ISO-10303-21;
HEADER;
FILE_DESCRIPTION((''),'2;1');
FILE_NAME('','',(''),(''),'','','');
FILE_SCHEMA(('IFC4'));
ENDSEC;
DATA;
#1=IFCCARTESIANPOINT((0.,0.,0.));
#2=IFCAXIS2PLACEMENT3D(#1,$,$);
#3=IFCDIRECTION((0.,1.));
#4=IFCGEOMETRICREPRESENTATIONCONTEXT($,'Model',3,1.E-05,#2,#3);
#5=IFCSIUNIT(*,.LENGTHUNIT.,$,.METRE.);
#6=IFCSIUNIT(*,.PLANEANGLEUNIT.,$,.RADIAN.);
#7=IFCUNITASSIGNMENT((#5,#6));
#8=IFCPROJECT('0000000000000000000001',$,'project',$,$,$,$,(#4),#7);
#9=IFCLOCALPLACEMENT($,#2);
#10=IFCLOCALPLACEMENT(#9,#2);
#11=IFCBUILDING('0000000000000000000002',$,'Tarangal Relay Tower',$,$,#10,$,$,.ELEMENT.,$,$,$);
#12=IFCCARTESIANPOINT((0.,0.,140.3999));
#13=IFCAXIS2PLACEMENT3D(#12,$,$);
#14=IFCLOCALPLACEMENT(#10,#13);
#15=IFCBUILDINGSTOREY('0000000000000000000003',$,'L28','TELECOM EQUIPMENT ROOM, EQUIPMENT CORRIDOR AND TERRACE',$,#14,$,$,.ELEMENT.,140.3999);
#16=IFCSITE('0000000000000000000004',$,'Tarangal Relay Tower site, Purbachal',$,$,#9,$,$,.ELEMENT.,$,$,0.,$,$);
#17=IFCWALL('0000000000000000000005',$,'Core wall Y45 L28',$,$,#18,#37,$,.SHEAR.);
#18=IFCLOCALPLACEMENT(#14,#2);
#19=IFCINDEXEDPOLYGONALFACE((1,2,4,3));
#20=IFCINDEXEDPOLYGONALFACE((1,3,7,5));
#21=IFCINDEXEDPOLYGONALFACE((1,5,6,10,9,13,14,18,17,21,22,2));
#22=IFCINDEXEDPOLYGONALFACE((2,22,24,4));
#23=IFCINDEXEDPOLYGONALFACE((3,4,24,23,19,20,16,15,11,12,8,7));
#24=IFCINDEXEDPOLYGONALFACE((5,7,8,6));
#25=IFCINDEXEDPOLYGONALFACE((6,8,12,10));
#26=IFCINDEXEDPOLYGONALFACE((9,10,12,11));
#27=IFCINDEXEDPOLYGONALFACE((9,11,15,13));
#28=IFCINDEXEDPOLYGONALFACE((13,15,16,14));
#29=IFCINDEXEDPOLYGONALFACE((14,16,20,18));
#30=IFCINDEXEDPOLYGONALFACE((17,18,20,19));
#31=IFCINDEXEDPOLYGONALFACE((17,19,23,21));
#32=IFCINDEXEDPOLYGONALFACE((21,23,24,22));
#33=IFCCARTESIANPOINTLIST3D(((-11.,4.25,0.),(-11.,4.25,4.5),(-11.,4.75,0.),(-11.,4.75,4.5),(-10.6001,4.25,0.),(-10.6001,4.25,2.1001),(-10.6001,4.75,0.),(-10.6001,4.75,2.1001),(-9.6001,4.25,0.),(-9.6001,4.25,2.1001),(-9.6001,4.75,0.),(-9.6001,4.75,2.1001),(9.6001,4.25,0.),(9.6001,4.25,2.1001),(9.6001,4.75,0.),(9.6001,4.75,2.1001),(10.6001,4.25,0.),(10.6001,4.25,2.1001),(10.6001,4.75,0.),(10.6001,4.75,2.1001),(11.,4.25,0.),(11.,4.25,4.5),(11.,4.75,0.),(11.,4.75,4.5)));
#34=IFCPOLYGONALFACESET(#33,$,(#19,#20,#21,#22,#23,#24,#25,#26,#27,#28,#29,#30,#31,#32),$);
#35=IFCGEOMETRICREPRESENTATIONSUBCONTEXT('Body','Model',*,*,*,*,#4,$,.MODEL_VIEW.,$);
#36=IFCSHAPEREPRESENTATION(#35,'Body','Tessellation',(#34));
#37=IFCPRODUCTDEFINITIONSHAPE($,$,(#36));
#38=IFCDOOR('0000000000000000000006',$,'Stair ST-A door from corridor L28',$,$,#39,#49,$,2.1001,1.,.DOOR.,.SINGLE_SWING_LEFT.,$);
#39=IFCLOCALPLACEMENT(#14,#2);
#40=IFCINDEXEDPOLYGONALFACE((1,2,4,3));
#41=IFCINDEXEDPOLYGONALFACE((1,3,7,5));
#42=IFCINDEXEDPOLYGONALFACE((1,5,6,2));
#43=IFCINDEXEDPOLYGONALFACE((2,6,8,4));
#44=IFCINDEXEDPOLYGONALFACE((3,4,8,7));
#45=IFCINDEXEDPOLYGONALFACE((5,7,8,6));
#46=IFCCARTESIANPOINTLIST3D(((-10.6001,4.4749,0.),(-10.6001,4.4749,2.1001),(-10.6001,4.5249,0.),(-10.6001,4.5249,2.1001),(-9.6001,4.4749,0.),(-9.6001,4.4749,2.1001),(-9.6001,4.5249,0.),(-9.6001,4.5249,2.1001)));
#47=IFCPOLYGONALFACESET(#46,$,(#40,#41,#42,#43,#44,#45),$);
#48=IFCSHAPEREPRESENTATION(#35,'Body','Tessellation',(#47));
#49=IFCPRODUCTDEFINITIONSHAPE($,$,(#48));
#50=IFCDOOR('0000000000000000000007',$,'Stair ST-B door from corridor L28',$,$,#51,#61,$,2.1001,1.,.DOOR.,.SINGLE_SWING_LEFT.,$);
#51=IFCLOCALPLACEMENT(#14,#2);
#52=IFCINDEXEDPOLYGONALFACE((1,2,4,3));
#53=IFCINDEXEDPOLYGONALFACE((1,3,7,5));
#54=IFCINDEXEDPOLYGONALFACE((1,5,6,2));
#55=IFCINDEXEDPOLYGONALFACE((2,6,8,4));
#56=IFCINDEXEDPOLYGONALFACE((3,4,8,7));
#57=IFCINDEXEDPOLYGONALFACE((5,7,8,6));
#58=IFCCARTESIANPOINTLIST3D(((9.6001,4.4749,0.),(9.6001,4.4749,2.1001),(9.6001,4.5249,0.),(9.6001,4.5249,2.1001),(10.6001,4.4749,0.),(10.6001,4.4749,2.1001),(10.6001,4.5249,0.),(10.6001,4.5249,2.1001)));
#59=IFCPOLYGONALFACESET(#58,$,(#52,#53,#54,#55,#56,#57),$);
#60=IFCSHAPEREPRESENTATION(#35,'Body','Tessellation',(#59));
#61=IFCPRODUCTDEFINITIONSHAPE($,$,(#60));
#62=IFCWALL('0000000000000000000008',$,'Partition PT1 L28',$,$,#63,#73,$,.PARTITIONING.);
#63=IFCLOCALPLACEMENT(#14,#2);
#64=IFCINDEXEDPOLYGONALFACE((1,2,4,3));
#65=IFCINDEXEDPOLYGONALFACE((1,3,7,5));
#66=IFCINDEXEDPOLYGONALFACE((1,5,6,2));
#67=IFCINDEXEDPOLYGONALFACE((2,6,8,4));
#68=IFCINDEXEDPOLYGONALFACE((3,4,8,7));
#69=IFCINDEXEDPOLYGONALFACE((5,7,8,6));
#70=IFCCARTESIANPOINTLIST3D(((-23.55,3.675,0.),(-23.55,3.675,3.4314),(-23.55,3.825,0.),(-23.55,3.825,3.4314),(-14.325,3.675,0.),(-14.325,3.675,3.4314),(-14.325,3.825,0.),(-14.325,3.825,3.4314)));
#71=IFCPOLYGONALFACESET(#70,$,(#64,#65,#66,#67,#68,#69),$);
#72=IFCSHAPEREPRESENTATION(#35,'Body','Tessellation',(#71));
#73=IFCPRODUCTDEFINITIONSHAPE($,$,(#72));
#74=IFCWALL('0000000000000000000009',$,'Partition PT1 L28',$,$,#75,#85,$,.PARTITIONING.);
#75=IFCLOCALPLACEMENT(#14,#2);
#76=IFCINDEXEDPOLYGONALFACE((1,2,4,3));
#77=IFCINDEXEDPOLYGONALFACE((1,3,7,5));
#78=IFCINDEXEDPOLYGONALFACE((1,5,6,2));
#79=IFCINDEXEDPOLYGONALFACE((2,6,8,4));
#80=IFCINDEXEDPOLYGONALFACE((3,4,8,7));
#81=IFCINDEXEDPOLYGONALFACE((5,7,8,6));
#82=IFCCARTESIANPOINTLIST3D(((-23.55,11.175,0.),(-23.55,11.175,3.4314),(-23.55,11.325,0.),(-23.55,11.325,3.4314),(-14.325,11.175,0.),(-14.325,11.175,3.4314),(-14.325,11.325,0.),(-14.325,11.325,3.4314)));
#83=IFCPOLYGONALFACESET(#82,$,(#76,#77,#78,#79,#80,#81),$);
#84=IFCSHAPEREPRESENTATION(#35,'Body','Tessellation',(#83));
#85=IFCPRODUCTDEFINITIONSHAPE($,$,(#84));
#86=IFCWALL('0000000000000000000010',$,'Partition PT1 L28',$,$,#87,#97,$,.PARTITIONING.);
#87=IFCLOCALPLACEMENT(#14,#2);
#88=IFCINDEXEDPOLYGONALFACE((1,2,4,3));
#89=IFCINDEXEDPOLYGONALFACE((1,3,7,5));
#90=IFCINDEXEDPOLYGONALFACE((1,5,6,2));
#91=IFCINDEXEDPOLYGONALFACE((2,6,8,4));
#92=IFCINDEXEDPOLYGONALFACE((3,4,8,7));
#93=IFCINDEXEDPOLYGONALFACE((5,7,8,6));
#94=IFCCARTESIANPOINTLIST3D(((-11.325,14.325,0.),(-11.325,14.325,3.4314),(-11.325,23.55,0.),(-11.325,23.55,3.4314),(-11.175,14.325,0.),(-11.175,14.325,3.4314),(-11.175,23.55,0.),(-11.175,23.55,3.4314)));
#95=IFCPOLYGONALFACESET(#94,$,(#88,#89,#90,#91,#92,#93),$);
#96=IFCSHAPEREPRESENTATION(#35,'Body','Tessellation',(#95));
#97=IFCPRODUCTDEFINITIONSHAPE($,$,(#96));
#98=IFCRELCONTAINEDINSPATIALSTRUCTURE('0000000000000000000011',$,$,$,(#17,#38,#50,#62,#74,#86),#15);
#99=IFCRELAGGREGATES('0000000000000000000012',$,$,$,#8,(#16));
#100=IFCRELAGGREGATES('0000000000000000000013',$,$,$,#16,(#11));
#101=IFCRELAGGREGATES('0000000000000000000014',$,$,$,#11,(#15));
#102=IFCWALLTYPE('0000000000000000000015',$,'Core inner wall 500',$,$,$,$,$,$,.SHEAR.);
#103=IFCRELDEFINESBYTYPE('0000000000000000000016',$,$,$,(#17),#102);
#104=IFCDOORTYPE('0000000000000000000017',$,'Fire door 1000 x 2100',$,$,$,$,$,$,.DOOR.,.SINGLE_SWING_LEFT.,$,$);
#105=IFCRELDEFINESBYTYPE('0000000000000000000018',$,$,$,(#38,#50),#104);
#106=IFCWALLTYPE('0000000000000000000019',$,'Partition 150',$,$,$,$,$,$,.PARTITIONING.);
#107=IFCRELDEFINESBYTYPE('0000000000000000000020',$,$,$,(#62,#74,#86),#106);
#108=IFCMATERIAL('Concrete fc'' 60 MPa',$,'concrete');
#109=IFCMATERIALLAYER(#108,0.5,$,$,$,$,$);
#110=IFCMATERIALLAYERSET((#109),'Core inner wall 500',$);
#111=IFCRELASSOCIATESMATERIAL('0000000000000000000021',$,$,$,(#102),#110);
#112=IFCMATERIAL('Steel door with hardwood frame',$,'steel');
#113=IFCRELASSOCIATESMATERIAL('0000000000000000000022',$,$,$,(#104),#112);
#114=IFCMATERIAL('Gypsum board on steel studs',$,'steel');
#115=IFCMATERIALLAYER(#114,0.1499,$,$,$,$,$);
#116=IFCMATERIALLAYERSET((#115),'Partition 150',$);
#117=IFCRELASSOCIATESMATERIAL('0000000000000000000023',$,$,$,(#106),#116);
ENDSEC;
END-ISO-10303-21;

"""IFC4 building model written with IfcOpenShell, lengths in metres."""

from ifc_helpers import new_model, si_unit, direction, frame, frame_2d, origin, place, context, subcontext, project, spatial, rectangle, extrude, material, layer, layer_set, type_object, element, fill, save


model = new_model("IFC4")

# Units and contexts
model_context = context("Model", 3, precision=1e-05, world=origin(), true_north=direction((0.0, 1.0)))
body_context = subcontext(model_context, "Body", "Model", "MODEL_VIEW")
ifc_project = project(units=[si_unit("LENGTHUNIT", "METRE"), si_unit("PLANEANGLEUNIT", "RADIAN")], contexts=[model_context])

# Site, building, storey
site_placement = place(None, origin())
site = spatial("IfcSite", under=ifc_project, at=site_placement, Name="Tarangal Relay Tower site, Purbachal", CompositionType="ELEMENT", RefElevation=0.0)
building_placement = place(site_placement, origin())
building = spatial("IfcBuilding", under=site, at=building_placement, Name="Tarangal Relay Tower", CompositionType="ELEMENT")
storey_placement = place(building_placement, frame((0.0, 0.0, 140.3999)))
storey = spatial("IfcBuildingStorey", under=building, at=storey_placement, Name="L28", Description="TELECOM EQUIPMENT ROOM, EQUIPMENT CORRIDOR AND TERRACE", CompositionType="ELEMENT", Elevation=140.3999)

# Wall, openings, doors
ifc_material_1 = material(Name="Concrete fc' 60 MPa", Category="concrete")
ifc_layer_1 = layer(ifc_material_1, 0.5)
ifc_layer_set_1 = layer_set([ifc_layer_1], Name="Core inner wall 500")
wall_type_1 = type_object("IfcWallType", Name="Core inner wall 500", PredefinedType="SHEAR", material=ifc_layer_set_1)
wall_1_placement = place(storey_placement, frame((-11.0, 4.5, 0.0), z_axis=(0.0, 0.0, 1.0), x_axis=(1.0, 0.0, 0.0)))
wall_1 = element("IfcWall", 1, at=wall_1_placement, inside=storey, type_object=wall_type_1, Name="Core wall Y45 L28", PredefinedType="SHEAR", context=body_context, shape_type="SweptSolid", body=[
    extrude(rectangle(XDim=22.0, YDim=0.5, at=frame_2d((11.0, 0.0))), origin(), (0.0, 0.0, 1.0), 4.5),
])
opening_1_placement = place(wall_1_placement, frame((0.3999, 0.0, 0.0)))
opening_1 = element("IfcOpeningElement", 2, at=opening_1_placement, cuts=wall_1, PredefinedType="OPENING", context=body_context, shape_type="SweptSolid", body=[
    extrude(rectangle(XDim=1.0, YDim=2.1001, at=frame_2d((0.5, 1.05))), frame((0.0, 0.26, 0.0), z_axis=(0.0, -1.0, 0.0), x_axis=(1.0, 0.0, 0.0)), (0.0, 0.0, 1.0), 0.52),
])
opening_2_placement = place(wall_1_placement, frame((20.6001, 0.0, 0.0)))
opening_2 = element("IfcOpeningElement", 3, at=opening_2_placement, cuts=wall_1, PredefinedType="OPENING", context=body_context, shape_type="SweptSolid", body=[
    extrude(rectangle(XDim=1.0, YDim=2.1001, at=frame_2d((0.5, 1.05))), frame((0.0, 0.26, 0.0), z_axis=(0.0, -1.0, 0.0), x_axis=(1.0, 0.0, 0.0)), (0.0, 0.0, 1.0), 0.52),
])
ifc_material_2 = material(Name="Steel door with hardwood frame", Category="steel")
door_type_1 = type_object("IfcDoorType", Name="Fire door 1000 x 2100", OperationType="SINGLE_SWING_LEFT", PredefinedType="DOOR", material=ifc_material_2)
door_1_placement = place(opening_1_placement, origin())
door_1 = element("IfcDoor", 4, at=door_1_placement, inside=storey, type_object=door_type_1, Name="Stair ST-A door from corridor L28", OperationType="SINGLE_SWING_LEFT", OverallHeight=2.1001, OverallWidth=1.0, PredefinedType="DOOR", context=body_context, shape_type="SweptSolid", body=[
    extrude(rectangle(XDim=1.0, YDim=2.1001, at=frame_2d((0.5, 1.05))), frame((0.0, 0.0249, 0.0), z_axis=(0.0, -1.0, 0.0), x_axis=(1.0, 0.0, 0.0)), (0.0, 0.0, 1.0), 0.05),
])
fill(opening_1, door_1)
door_2_placement = place(opening_2_placement, origin())
door_2 = element("IfcDoor", 5, at=door_2_placement, inside=storey, type_object=door_type_1, Name="Stair ST-B door from corridor L28", OperationType="SINGLE_SWING_LEFT", OverallHeight=2.1001, OverallWidth=1.0, PredefinedType="DOOR", context=body_context, shape_type="SweptSolid", body=[
    extrude(rectangle(XDim=1.0, YDim=2.1001, at=frame_2d((0.5, 1.05))), frame((0.0, 0.0249, 0.0), z_axis=(0.0, -1.0, 0.0), x_axis=(1.0, 0.0, 0.0)), (0.0, 0.0, 1.0), 0.05),
])
fill(opening_2, door_2)

# Walls
ifc_material_3 = material(Name="Gypsum board on steel studs", Category="steel")
ifc_layer_2 = layer(ifc_material_3, 0.1499)
ifc_layer_set_2 = layer_set([ifc_layer_2], Name="Partition 150")
wall_type_2 = type_object("IfcWallType", Name="Partition 150", PredefinedType="PARTITIONING", material=ifc_layer_set_2)
for number, where, z_axis, x_axis, name in (
    (6, (-23.55, 3.75, 0.0), (0.0, 0.0, 1.0), (1.0, 0.0, 0.0), "Partition PT1 L28"),
    (7, (-23.55, 11.25, 0.0), (0.0, 0.0, 1.0), (1.0, 0.0, 0.0), "Partition PT1 L28"),
    (8, (-11.25, 14.325, 0.0), (0.0, 0.0, 1.0), (0.0, 1.0, 0.0), "Partition PT1 L28"),
):
    element("IfcWall", number, at=place(storey_placement, frame(where, z_axis=z_axis, x_axis=x_axis)), inside=storey, type_object=wall_type_2, Name=name, PredefinedType="PARTITIONING", context=body_context, shape_type="SweptSolid", body=[
        extrude(rectangle(XDim=9.2251, YDim=0.1499, at=frame_2d((4.6125, 0.0))), origin(), (0.0, 0.0, 1.0), 3.4314),
    ])

save(model, "model.ifc")
